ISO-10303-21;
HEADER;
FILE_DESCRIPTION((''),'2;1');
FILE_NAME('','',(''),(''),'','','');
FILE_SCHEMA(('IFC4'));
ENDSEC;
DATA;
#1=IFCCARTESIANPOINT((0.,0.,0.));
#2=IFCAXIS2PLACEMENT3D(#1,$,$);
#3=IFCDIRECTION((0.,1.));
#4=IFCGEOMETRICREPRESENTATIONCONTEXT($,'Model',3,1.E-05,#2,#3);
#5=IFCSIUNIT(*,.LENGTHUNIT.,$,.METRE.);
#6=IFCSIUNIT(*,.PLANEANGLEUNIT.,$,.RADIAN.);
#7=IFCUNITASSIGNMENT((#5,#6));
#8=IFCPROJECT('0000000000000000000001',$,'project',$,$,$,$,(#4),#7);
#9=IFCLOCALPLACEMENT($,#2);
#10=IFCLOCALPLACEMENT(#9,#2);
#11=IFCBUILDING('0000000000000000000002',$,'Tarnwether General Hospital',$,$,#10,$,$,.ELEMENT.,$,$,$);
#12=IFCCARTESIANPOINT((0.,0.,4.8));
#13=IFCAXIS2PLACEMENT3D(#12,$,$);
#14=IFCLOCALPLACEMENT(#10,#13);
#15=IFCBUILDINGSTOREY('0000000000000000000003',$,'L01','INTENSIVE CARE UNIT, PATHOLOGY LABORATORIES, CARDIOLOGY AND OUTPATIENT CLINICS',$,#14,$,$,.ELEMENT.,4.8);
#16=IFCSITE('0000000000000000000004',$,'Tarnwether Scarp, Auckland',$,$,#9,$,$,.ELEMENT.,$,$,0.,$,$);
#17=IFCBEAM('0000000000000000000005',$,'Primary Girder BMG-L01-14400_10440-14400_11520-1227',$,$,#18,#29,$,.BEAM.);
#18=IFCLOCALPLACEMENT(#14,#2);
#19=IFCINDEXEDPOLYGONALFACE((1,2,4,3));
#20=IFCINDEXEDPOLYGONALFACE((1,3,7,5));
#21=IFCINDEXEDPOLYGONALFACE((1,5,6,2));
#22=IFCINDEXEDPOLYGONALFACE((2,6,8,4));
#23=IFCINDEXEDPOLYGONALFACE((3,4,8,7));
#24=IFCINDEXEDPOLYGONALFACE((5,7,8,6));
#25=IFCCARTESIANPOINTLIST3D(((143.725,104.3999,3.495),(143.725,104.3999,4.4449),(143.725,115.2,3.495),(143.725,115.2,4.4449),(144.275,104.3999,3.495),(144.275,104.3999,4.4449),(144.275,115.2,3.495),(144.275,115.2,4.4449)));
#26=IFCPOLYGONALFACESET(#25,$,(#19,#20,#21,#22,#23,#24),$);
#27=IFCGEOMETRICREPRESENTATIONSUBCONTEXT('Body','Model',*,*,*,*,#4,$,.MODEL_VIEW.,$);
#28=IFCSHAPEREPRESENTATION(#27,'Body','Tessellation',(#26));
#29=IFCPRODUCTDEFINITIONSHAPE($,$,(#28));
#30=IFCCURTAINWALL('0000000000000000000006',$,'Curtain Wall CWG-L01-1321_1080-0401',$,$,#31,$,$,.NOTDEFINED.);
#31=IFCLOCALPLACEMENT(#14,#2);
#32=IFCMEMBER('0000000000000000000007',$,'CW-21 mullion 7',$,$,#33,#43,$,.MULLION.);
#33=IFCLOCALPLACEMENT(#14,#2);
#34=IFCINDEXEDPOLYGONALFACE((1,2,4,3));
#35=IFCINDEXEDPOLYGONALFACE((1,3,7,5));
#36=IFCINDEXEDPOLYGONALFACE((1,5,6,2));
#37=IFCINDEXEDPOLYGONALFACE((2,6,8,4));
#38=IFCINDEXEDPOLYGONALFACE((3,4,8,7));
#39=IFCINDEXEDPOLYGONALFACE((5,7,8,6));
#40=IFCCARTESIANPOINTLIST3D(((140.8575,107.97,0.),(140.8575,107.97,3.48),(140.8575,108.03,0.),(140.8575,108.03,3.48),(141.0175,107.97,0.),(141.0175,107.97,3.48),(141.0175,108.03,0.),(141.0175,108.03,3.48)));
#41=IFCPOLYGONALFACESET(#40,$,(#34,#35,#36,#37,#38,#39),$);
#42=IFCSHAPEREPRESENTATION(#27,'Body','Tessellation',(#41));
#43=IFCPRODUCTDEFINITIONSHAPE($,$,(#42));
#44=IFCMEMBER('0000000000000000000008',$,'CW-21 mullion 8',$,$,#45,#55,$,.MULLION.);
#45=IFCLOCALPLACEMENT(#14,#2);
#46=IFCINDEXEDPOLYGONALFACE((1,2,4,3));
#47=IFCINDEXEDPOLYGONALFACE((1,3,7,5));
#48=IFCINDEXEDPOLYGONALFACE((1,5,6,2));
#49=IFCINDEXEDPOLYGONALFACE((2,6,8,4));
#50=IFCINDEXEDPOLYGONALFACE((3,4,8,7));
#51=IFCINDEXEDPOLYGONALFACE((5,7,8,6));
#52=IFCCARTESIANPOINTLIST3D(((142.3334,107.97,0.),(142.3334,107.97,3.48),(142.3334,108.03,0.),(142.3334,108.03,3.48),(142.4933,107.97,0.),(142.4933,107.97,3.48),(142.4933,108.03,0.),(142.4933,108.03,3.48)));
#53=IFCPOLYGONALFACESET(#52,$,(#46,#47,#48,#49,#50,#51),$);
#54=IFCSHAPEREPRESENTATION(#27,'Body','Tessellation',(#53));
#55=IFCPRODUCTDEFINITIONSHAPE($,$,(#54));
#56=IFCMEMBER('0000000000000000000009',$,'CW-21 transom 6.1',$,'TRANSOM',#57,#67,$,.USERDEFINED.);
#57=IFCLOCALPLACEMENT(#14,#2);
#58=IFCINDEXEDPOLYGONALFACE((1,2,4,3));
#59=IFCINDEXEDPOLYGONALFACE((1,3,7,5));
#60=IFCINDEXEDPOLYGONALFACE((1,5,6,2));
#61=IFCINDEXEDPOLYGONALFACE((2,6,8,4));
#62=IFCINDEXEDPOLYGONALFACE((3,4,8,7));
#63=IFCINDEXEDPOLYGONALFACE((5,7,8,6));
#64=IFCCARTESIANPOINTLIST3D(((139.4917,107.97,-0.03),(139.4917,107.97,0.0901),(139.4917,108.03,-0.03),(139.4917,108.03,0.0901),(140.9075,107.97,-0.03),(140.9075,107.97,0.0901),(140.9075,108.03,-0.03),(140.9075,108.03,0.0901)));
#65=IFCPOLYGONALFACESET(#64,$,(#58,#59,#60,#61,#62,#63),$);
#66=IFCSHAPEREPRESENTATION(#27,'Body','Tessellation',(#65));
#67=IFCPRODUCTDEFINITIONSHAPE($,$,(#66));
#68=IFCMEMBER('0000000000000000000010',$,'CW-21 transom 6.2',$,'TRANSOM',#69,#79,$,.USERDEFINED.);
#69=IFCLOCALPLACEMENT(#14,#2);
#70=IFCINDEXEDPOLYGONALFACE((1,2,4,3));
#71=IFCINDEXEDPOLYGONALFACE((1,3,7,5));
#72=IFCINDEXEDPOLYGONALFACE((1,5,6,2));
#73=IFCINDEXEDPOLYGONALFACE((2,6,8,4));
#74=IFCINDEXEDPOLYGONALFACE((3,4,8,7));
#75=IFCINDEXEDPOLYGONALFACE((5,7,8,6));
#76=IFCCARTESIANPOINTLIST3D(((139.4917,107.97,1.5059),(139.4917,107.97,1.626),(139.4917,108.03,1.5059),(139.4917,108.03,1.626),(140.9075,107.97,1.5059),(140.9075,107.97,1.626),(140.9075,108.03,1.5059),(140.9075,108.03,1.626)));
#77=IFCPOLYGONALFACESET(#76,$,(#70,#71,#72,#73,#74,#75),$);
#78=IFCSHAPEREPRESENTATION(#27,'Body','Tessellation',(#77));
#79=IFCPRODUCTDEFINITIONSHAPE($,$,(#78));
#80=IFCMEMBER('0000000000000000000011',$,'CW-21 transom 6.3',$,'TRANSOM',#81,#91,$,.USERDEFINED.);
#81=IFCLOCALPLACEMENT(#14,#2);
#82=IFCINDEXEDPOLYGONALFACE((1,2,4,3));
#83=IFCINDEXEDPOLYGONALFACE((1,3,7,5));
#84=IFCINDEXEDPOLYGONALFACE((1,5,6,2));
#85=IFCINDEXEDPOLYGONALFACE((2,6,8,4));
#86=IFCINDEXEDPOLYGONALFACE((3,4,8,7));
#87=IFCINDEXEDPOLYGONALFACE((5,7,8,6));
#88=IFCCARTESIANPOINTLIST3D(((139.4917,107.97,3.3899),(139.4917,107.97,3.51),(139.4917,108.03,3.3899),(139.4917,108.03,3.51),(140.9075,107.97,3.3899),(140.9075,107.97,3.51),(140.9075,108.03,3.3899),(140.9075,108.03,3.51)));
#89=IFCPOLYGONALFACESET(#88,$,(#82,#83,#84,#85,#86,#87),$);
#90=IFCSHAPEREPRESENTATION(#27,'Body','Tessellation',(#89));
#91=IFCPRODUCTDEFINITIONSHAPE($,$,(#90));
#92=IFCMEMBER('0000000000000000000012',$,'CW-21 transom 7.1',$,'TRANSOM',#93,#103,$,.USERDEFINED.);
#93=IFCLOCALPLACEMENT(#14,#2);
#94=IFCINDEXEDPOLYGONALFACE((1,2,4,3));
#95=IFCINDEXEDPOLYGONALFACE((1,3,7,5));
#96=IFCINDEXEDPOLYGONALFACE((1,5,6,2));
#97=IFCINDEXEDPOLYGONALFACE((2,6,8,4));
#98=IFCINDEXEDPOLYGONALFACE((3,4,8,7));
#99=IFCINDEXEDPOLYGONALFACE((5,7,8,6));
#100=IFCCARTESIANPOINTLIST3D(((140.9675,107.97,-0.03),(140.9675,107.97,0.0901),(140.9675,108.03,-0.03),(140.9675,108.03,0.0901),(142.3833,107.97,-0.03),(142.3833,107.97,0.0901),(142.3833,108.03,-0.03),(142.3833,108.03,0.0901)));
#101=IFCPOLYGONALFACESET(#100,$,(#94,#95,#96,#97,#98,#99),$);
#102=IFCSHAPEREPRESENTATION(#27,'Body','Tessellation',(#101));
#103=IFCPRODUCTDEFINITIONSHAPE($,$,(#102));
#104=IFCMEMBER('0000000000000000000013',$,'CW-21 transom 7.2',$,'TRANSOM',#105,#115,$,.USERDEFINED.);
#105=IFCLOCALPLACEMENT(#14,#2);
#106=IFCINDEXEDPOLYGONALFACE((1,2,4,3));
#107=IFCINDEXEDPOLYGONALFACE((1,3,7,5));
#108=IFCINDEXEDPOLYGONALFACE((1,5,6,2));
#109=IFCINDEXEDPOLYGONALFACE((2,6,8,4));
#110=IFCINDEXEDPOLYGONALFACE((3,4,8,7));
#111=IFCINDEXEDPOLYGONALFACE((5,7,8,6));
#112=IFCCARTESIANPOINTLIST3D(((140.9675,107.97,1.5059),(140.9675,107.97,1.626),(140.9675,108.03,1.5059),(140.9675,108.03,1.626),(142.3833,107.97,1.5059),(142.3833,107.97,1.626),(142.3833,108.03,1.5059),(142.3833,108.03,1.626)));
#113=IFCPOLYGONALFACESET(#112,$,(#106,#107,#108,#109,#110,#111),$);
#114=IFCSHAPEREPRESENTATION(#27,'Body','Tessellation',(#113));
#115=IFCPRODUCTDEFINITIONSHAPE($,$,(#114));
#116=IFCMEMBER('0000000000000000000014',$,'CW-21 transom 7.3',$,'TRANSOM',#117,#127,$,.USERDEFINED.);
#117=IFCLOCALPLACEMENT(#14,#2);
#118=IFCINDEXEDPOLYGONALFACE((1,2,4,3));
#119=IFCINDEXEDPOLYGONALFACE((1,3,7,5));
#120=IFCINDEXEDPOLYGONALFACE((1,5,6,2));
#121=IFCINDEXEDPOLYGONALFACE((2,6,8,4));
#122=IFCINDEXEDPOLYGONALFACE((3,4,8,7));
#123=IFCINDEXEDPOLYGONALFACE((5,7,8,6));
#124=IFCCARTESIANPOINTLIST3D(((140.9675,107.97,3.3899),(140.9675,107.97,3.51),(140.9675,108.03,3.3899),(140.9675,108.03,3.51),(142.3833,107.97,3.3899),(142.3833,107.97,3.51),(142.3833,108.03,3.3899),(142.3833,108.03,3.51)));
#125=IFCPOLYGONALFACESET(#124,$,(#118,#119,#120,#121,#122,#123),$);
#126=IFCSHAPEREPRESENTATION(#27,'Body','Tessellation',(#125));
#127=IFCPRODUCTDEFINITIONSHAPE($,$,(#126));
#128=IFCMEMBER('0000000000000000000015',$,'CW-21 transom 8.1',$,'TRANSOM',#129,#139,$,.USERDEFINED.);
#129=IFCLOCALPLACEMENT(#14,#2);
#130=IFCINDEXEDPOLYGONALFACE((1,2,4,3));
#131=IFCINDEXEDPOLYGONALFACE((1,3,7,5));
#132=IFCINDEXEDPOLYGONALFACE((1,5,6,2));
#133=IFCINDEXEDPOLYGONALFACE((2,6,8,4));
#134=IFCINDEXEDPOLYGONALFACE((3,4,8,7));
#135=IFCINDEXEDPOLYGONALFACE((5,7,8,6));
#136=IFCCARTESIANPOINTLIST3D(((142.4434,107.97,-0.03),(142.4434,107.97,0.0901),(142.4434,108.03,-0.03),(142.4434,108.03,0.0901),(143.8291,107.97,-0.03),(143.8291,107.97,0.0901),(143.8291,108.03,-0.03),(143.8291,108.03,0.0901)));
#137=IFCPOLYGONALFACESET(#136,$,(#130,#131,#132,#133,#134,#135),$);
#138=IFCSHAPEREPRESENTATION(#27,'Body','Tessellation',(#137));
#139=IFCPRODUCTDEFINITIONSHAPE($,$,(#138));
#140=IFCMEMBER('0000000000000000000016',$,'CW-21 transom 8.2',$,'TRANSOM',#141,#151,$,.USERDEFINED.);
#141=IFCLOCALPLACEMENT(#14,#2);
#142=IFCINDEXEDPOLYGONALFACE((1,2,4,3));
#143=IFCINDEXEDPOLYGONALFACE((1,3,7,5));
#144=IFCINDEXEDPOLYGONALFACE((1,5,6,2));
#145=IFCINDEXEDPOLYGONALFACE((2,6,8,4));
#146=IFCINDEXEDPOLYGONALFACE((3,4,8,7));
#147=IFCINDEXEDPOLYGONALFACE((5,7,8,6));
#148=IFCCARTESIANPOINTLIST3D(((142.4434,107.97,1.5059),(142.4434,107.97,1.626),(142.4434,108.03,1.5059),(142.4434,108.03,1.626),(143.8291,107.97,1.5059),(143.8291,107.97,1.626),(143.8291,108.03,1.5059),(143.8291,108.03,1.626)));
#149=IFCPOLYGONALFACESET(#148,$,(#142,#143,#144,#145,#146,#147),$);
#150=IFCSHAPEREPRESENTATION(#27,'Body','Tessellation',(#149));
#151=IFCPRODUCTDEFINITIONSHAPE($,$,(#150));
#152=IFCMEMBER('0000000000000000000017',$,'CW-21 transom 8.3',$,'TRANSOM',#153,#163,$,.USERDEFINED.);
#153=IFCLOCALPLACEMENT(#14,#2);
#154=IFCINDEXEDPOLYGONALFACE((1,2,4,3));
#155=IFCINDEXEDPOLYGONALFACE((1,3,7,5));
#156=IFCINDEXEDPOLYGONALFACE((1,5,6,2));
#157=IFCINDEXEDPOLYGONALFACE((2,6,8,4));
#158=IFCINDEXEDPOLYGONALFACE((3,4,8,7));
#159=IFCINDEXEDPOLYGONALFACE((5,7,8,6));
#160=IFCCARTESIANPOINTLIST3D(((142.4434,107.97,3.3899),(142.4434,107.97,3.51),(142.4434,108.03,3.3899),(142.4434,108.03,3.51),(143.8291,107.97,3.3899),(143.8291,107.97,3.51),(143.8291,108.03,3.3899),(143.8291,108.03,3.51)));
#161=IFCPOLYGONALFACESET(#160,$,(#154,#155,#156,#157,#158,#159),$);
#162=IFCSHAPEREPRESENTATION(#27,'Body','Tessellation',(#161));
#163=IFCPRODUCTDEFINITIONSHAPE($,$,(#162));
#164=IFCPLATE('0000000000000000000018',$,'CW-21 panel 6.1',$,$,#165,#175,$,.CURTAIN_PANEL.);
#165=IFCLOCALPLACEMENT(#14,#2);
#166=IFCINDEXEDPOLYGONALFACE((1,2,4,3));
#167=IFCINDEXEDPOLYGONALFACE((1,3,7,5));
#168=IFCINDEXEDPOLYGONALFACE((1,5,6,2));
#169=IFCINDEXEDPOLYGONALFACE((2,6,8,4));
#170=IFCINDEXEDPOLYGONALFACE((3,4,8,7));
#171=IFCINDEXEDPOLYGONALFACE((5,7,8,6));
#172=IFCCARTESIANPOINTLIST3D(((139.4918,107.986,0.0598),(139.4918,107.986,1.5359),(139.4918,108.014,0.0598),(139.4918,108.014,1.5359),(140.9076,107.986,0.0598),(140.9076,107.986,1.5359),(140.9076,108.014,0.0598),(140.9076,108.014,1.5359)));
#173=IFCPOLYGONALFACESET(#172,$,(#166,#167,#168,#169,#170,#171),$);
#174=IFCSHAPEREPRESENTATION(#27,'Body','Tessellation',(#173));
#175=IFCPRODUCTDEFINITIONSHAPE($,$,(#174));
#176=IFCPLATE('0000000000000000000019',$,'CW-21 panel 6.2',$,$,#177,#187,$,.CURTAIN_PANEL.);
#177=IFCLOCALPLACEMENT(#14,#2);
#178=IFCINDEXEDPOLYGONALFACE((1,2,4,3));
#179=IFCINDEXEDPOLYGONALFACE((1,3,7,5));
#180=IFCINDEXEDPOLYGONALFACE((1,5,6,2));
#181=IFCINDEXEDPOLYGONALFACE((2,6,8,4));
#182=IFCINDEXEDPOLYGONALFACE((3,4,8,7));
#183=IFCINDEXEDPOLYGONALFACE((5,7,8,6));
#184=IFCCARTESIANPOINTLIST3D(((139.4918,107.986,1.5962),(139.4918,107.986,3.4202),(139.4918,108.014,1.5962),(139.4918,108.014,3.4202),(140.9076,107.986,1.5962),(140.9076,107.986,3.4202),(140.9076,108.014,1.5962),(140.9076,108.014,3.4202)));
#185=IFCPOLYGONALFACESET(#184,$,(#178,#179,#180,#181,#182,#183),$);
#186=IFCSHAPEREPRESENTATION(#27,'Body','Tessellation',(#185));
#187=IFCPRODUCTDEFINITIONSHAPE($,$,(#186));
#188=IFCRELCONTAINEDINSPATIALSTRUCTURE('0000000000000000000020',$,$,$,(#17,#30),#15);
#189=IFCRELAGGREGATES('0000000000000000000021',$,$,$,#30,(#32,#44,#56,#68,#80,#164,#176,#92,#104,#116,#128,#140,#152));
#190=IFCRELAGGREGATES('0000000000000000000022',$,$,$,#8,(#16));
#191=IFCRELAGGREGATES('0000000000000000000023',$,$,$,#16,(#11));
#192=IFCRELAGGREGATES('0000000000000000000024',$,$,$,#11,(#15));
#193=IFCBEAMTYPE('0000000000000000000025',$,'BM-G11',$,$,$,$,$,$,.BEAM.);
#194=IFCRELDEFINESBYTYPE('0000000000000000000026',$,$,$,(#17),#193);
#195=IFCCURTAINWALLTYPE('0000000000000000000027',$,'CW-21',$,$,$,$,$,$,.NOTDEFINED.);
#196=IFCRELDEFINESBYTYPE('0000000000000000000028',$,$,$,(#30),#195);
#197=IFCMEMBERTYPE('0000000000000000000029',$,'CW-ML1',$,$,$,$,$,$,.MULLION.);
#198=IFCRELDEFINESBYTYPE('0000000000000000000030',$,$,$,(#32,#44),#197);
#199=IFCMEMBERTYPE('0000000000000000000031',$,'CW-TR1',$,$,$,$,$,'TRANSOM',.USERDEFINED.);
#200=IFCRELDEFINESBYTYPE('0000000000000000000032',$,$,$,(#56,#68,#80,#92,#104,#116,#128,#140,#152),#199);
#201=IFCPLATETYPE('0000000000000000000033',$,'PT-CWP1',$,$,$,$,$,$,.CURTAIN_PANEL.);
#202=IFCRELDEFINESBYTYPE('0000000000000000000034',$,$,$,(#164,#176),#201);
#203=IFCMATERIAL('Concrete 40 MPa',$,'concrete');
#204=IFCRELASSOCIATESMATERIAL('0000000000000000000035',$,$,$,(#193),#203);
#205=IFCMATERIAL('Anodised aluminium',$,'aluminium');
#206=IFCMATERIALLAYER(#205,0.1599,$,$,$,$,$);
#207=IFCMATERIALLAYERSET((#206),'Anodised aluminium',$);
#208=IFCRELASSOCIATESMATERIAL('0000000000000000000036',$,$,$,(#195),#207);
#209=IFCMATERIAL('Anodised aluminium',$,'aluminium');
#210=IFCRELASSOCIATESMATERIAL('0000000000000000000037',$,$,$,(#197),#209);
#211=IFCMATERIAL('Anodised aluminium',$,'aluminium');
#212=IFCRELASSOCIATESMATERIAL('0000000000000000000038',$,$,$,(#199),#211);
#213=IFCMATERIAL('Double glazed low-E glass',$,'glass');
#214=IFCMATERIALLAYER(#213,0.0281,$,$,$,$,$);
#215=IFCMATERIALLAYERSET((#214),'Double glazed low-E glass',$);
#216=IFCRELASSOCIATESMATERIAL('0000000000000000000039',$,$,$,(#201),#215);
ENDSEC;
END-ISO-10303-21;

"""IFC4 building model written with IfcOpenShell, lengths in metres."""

from ifc_helpers import new_model, si_unit, direction, frame, origin, origin_2d, place, context, subcontext, project, spatial, rectangle, extrude, material, layer, layer_set, material_profile, profile_set, type_object, element, aggregate, save


model = new_model("IFC4")

# Units and contexts
model_context = context("Model", 3, precision=1e-05, world=origin(), true_north=direction((0.0, 1.0)))
body_context = subcontext(model_context, "Body", "Model", "MODEL_VIEW")
ifc_project = project(units=[si_unit("LENGTHUNIT", "METRE"), si_unit("PLANEANGLEUNIT", "RADIAN")], contexts=[model_context])

# Site, building, storey
site_placement = place(None, origin())
site = spatial("IfcSite", under=ifc_project, at=site_placement, Name="Tarnwether Scarp, Auckland", CompositionType="ELEMENT", RefElevation=0.0)
building_placement = place(site_placement, origin())
building = spatial("IfcBuilding", under=site, at=building_placement, Name="Tarnwether General Hospital", CompositionType="ELEMENT")
storey_placement = place(building_placement, frame((0.0, 0.0, 4.8)))
storey = spatial("IfcBuildingStorey", under=building, at=storey_placement, Name="L01", Description="INTENSIVE CARE UNIT, PATHOLOGY LABORATORIES, CARDIOLOGY AND OUTPATIENT CLINICS", CompositionType="ELEMENT", Elevation=4.8)

# Beam
ifc_material_1 = material(Name="Concrete 40 MPa", Category="concrete")
ifc_material_profile_1 = material_profile(ifc_material_1, rectangle(XDim=0.55, YDim=0.95, at=origin_2d()), Name="RC-BM-550x950")
ifc_profile_set_1 = profile_set([ifc_material_profile_1], Name="Concrete 40 MPa")
beam_type = type_object("IfcBeamType", Name="BM-G11", PredefinedType="BEAM", material=ifc_profile_set_1)
beam_placement = place(storey_placement, frame((144.0, 104.3999, 3.97), z_axis=(0.0, 1.0, 0.0), x_axis=(-1.0, 0.0, 0.0)))
element("IfcBeam", 1, at=beam_placement, inside=storey, type_object=beam_type, Name="Primary Girder BMG-L01-14400_10440-14400_11520-1227", PredefinedType="BEAM", context=body_context, shape_type="SweptSolid", body=[
    extrude(rectangle(XDim=0.55, YDim=0.95, at=origin_2d()), origin(), (0.0, 0.0, 1.0), 10.8),
])

# Curtain wall, members, plates
ifc_material_2 = material(Name="Anodised aluminium", Category="aluminium")
ifc_layer_1 = layer(ifc_material_2, 0.1599)
ifc_layer_set_1 = layer_set([ifc_layer_1], Name="Anodised aluminium")
curtain_wall_type = type_object("IfcCurtainWallType", Name="CW-21", PredefinedType="NOTDEFINED", material=ifc_layer_set_1)
curtain_wall_placement = place(storey_placement, origin())
curtain_wall = element("IfcCurtainWall", 2, at=curtain_wall_placement, inside=storey, type_object=curtain_wall_type, Name="Curtain Wall CWG-L01-1321_1080-0401", PredefinedType="NOTDEFINED")
ifc_material_3 = material(Name="Anodised aluminium", Category="aluminium")
ifc_material_profile_2 = material_profile(ifc_material_3, rectangle(XDim=0.0601, YDim=0.1599, at=origin_2d()), Name="ALU-MUL-60x160")
ifc_profile_set_2 = profile_set([ifc_material_profile_2], Name="Anodised aluminium")
member_type_1 = type_object("IfcMemberType", Name="CW-ML1", PredefinedType="MULLION", material=ifc_profile_set_2)
member_1_placement = place(storey_placement, frame((140.9375, 108.0, 0.0), z_axis=(0.0, 0.0, 1.0), x_axis=(0.0, 1.0, 0.0)))
member_1 = element("IfcMember", 3, at=member_1_placement, type_object=member_type_1, Name="CW-21 mullion 7", PredefinedType="MULLION", context=body_context, shape_type="SweptSolid", body=[
    extrude(rectangle(XDim=0.0601, YDim=0.1599, at=origin_2d()), origin(), (0.0, 0.0, 1.0), 3.48),
])
member_2_placement = place(storey_placement, frame((142.4133, 108.0, 0.0), z_axis=(0.0, 0.0, 1.0), x_axis=(0.0, 1.0, 0.0)))
member_2 = element("IfcMember", 4, at=member_2_placement, type_object=member_type_1, Name="CW-21 mullion 8", PredefinedType="MULLION", context=body_context, shape_type="SweptSolid", body=[
    extrude(rectangle(XDim=0.0601, YDim=0.1599, at=origin_2d()), origin(), (0.0, 0.0, 1.0), 3.48),
])
ifc_material_4 = material(Name="Anodised aluminium", Category="aluminium")
ifc_material_profile_3 = material_profile(ifc_material_4, rectangle(XDim=0.0601, YDim=0.1201, at=origin_2d()), Name="ALU-TRN-60x120")
ifc_profile_set_3 = profile_set([ifc_material_profile_3], Name="Anodised aluminium")
member_type_2 = type_object("IfcMemberType", Name="CW-TR1", ElementType="TRANSOM", PredefinedType="USERDEFINED", material=ifc_profile_set_3)
member_3_placement = place(storey_placement, frame((139.4917, 108.0, 0.03), z_axis=(1.0, 0.0, 0.0), x_axis=(0.0, 1.0, 0.0)))
member_3 = element("IfcMember", 5, at=member_3_placement, type_object=member_type_2, Name="CW-21 transom 6.1", ObjectType="TRANSOM", PredefinedType="USERDEFINED", context=body_context, shape_type="SweptSolid", body=[
    extrude(rectangle(XDim=0.0601, YDim=0.1201, at=origin_2d()), origin(), (0.0, 0.0, 1.0), 1.4158),
])
member_4_placement = place(storey_placement, frame((139.4917, 108.0, 1.5659), z_axis=(1.0, 0.0, 0.0), x_axis=(0.0, 1.0, 0.0)))
member_4 = element("IfcMember", 6, at=member_4_placement, type_object=member_type_2, Name="CW-21 transom 6.2", ObjectType="TRANSOM", PredefinedType="USERDEFINED", context=body_context, shape_type="SweptSolid", body=[
    extrude(rectangle(XDim=0.0601, YDim=0.1201, at=origin_2d()), origin(), (0.0, 0.0, 1.0), 1.4158),
])
member_5_placement = place(storey_placement, frame((139.4917, 108.0, 3.45), z_axis=(1.0, 0.0, 0.0), x_axis=(0.0, 1.0, 0.0)))
member_5 = element("IfcMember", 7, at=member_5_placement, type_object=member_type_2, Name="CW-21 transom 6.3", ObjectType="TRANSOM", PredefinedType="USERDEFINED", context=body_context, shape_type="SweptSolid", body=[
    extrude(rectangle(XDim=0.0601, YDim=0.1201, at=origin_2d()), origin(), (0.0, 0.0, 1.0), 1.4158),
])
member_6_placement = place(storey_placement, frame((140.9675, 108.0, 0.03), z_axis=(1.0, 0.0, 0.0), x_axis=(0.0, 1.0, 0.0)))
member_6 = element("IfcMember", 8, at=member_6_placement, type_object=member_type_2, Name="CW-21 transom 7.1", ObjectType="TRANSOM", PredefinedType="USERDEFINED", context=body_context, shape_type="SweptSolid", body=[
    extrude(rectangle(XDim=0.0601, YDim=0.1201, at=origin_2d()), origin(), (0.0, 0.0, 1.0), 1.4158),
])
member_7_placement = place(storey_placement, frame((140.9675, 108.0, 1.5659), z_axis=(1.0, 0.0, 0.0), x_axis=(0.0, 1.0, 0.0)))
member_7 = element("IfcMember", 9, at=member_7_placement, type_object=member_type_2, Name="CW-21 transom 7.2", ObjectType="TRANSOM", PredefinedType="USERDEFINED", context=body_context, shape_type="SweptSolid", body=[
    extrude(rectangle(XDim=0.0601, YDim=0.1201, at=origin_2d()), origin(), (0.0, 0.0, 1.0), 1.4158),
])
member_8_placement = place(storey_placement, frame((140.9675, 108.0, 3.45), z_axis=(1.0, 0.0, 0.0), x_axis=(0.0, 1.0, 0.0)))
member_8 = element("IfcMember", 10, at=member_8_placement, type_object=member_type_2, Name="CW-21 transom 7.3", ObjectType="TRANSOM", PredefinedType="USERDEFINED", context=body_context, shape_type="SweptSolid", body=[
    extrude(rectangle(XDim=0.0601, YDim=0.1201, at=origin_2d()), origin(), (0.0, 0.0, 1.0), 1.4158),
])
member_9_placement = place(storey_placement, frame((142.4434, 108.0, 0.03), z_axis=(1.0, 0.0, 0.0), x_axis=(0.0, 1.0, 0.0)))
member_9 = element("IfcMember", 11, at=member_9_placement, type_object=member_type_2, Name="CW-21 transom 8.1", ObjectType="TRANSOM", PredefinedType="USERDEFINED", context=body_context, shape_type="SweptSolid", body=[
    extrude(rectangle(XDim=0.0601, YDim=0.1201, at=origin_2d()), origin(), (0.0, 0.0, 1.0), 1.3857),
])
member_10_placement = place(storey_placement, frame((142.4434, 108.0, 1.5659), z_axis=(1.0, 0.0, 0.0), x_axis=(0.0, 1.0, 0.0)))
member_10 = element("IfcMember", 12, at=member_10_placement, type_object=member_type_2, Name="CW-21 transom 8.2", ObjectType="TRANSOM", PredefinedType="USERDEFINED", context=body_context, shape_type="SweptSolid", body=[
    extrude(rectangle(XDim=0.0601, YDim=0.1201, at=origin_2d()), origin(), (0.0, 0.0, 1.0), 1.3857),
])
member_11_placement = place(storey_placement, frame((142.4434, 108.0, 3.45), z_axis=(1.0, 0.0, 0.0), x_axis=(0.0, 1.0, 0.0)))
member_11 = element("IfcMember", 13, at=member_11_placement, type_object=member_type_2, Name="CW-21 transom 8.3", ObjectType="TRANSOM", PredefinedType="USERDEFINED", context=body_context, shape_type="SweptSolid", body=[
    extrude(rectangle(XDim=0.0601, YDim=0.1201, at=origin_2d()), origin(), (0.0, 0.0, 1.0), 1.3857),
])
ifc_material_5 = material(Name="Double glazed low-E glass", Category="glass")
ifc_layer_2 = layer(ifc_material_5, 0.0281)
ifc_layer_set_2 = layer_set([ifc_layer_2], Name="Double glazed low-E glass")
plate_type_1 = type_object("IfcPlateType", Name="PT-CWP1", PredefinedType="CURTAIN_PANEL", material=ifc_layer_set_2)
plate_1_placement = place(storey_placement, frame((140.1997, 108.0, 0.0598), z_axis=(0.0, 0.0, 1.0), x_axis=(1.0, 0.0, 0.0)))
plate_1 = element("IfcPlate", 14, at=plate_1_placement, type_object=plate_type_1, Name="CW-21 panel 6.1", PredefinedType="CURTAIN_PANEL", context=body_context, shape_type="SweptSolid", body=[
    extrude(rectangle(XDim=1.4158, YDim=0.0281, at=origin_2d()), origin(), (0.0, 0.0, 1.0), 1.4761),
])
plate_2_placement = place(storey_placement, frame((140.1997, 108.0, 1.5962), z_axis=(0.0, 0.0, 1.0), x_axis=(1.0, 0.0, 0.0)))
plate_2 = element("IfcPlate", 15, at=plate_2_placement, type_object=plate_type_1, Name="CW-21 panel 6.2", PredefinedType="CURTAIN_PANEL", context=body_context, shape_type="SweptSolid", body=[
    extrude(rectangle(XDim=1.4158, YDim=0.0281, at=origin_2d()), origin(), (0.0, 0.0, 1.0), 1.824),
])
aggregate(curtain_wall, [member_1, member_2, member_3, member_4, member_5, plate_1, plate_2, member_6, member_7, member_8, member_9, member_10, member_11])

save(model, "model.ifc")
